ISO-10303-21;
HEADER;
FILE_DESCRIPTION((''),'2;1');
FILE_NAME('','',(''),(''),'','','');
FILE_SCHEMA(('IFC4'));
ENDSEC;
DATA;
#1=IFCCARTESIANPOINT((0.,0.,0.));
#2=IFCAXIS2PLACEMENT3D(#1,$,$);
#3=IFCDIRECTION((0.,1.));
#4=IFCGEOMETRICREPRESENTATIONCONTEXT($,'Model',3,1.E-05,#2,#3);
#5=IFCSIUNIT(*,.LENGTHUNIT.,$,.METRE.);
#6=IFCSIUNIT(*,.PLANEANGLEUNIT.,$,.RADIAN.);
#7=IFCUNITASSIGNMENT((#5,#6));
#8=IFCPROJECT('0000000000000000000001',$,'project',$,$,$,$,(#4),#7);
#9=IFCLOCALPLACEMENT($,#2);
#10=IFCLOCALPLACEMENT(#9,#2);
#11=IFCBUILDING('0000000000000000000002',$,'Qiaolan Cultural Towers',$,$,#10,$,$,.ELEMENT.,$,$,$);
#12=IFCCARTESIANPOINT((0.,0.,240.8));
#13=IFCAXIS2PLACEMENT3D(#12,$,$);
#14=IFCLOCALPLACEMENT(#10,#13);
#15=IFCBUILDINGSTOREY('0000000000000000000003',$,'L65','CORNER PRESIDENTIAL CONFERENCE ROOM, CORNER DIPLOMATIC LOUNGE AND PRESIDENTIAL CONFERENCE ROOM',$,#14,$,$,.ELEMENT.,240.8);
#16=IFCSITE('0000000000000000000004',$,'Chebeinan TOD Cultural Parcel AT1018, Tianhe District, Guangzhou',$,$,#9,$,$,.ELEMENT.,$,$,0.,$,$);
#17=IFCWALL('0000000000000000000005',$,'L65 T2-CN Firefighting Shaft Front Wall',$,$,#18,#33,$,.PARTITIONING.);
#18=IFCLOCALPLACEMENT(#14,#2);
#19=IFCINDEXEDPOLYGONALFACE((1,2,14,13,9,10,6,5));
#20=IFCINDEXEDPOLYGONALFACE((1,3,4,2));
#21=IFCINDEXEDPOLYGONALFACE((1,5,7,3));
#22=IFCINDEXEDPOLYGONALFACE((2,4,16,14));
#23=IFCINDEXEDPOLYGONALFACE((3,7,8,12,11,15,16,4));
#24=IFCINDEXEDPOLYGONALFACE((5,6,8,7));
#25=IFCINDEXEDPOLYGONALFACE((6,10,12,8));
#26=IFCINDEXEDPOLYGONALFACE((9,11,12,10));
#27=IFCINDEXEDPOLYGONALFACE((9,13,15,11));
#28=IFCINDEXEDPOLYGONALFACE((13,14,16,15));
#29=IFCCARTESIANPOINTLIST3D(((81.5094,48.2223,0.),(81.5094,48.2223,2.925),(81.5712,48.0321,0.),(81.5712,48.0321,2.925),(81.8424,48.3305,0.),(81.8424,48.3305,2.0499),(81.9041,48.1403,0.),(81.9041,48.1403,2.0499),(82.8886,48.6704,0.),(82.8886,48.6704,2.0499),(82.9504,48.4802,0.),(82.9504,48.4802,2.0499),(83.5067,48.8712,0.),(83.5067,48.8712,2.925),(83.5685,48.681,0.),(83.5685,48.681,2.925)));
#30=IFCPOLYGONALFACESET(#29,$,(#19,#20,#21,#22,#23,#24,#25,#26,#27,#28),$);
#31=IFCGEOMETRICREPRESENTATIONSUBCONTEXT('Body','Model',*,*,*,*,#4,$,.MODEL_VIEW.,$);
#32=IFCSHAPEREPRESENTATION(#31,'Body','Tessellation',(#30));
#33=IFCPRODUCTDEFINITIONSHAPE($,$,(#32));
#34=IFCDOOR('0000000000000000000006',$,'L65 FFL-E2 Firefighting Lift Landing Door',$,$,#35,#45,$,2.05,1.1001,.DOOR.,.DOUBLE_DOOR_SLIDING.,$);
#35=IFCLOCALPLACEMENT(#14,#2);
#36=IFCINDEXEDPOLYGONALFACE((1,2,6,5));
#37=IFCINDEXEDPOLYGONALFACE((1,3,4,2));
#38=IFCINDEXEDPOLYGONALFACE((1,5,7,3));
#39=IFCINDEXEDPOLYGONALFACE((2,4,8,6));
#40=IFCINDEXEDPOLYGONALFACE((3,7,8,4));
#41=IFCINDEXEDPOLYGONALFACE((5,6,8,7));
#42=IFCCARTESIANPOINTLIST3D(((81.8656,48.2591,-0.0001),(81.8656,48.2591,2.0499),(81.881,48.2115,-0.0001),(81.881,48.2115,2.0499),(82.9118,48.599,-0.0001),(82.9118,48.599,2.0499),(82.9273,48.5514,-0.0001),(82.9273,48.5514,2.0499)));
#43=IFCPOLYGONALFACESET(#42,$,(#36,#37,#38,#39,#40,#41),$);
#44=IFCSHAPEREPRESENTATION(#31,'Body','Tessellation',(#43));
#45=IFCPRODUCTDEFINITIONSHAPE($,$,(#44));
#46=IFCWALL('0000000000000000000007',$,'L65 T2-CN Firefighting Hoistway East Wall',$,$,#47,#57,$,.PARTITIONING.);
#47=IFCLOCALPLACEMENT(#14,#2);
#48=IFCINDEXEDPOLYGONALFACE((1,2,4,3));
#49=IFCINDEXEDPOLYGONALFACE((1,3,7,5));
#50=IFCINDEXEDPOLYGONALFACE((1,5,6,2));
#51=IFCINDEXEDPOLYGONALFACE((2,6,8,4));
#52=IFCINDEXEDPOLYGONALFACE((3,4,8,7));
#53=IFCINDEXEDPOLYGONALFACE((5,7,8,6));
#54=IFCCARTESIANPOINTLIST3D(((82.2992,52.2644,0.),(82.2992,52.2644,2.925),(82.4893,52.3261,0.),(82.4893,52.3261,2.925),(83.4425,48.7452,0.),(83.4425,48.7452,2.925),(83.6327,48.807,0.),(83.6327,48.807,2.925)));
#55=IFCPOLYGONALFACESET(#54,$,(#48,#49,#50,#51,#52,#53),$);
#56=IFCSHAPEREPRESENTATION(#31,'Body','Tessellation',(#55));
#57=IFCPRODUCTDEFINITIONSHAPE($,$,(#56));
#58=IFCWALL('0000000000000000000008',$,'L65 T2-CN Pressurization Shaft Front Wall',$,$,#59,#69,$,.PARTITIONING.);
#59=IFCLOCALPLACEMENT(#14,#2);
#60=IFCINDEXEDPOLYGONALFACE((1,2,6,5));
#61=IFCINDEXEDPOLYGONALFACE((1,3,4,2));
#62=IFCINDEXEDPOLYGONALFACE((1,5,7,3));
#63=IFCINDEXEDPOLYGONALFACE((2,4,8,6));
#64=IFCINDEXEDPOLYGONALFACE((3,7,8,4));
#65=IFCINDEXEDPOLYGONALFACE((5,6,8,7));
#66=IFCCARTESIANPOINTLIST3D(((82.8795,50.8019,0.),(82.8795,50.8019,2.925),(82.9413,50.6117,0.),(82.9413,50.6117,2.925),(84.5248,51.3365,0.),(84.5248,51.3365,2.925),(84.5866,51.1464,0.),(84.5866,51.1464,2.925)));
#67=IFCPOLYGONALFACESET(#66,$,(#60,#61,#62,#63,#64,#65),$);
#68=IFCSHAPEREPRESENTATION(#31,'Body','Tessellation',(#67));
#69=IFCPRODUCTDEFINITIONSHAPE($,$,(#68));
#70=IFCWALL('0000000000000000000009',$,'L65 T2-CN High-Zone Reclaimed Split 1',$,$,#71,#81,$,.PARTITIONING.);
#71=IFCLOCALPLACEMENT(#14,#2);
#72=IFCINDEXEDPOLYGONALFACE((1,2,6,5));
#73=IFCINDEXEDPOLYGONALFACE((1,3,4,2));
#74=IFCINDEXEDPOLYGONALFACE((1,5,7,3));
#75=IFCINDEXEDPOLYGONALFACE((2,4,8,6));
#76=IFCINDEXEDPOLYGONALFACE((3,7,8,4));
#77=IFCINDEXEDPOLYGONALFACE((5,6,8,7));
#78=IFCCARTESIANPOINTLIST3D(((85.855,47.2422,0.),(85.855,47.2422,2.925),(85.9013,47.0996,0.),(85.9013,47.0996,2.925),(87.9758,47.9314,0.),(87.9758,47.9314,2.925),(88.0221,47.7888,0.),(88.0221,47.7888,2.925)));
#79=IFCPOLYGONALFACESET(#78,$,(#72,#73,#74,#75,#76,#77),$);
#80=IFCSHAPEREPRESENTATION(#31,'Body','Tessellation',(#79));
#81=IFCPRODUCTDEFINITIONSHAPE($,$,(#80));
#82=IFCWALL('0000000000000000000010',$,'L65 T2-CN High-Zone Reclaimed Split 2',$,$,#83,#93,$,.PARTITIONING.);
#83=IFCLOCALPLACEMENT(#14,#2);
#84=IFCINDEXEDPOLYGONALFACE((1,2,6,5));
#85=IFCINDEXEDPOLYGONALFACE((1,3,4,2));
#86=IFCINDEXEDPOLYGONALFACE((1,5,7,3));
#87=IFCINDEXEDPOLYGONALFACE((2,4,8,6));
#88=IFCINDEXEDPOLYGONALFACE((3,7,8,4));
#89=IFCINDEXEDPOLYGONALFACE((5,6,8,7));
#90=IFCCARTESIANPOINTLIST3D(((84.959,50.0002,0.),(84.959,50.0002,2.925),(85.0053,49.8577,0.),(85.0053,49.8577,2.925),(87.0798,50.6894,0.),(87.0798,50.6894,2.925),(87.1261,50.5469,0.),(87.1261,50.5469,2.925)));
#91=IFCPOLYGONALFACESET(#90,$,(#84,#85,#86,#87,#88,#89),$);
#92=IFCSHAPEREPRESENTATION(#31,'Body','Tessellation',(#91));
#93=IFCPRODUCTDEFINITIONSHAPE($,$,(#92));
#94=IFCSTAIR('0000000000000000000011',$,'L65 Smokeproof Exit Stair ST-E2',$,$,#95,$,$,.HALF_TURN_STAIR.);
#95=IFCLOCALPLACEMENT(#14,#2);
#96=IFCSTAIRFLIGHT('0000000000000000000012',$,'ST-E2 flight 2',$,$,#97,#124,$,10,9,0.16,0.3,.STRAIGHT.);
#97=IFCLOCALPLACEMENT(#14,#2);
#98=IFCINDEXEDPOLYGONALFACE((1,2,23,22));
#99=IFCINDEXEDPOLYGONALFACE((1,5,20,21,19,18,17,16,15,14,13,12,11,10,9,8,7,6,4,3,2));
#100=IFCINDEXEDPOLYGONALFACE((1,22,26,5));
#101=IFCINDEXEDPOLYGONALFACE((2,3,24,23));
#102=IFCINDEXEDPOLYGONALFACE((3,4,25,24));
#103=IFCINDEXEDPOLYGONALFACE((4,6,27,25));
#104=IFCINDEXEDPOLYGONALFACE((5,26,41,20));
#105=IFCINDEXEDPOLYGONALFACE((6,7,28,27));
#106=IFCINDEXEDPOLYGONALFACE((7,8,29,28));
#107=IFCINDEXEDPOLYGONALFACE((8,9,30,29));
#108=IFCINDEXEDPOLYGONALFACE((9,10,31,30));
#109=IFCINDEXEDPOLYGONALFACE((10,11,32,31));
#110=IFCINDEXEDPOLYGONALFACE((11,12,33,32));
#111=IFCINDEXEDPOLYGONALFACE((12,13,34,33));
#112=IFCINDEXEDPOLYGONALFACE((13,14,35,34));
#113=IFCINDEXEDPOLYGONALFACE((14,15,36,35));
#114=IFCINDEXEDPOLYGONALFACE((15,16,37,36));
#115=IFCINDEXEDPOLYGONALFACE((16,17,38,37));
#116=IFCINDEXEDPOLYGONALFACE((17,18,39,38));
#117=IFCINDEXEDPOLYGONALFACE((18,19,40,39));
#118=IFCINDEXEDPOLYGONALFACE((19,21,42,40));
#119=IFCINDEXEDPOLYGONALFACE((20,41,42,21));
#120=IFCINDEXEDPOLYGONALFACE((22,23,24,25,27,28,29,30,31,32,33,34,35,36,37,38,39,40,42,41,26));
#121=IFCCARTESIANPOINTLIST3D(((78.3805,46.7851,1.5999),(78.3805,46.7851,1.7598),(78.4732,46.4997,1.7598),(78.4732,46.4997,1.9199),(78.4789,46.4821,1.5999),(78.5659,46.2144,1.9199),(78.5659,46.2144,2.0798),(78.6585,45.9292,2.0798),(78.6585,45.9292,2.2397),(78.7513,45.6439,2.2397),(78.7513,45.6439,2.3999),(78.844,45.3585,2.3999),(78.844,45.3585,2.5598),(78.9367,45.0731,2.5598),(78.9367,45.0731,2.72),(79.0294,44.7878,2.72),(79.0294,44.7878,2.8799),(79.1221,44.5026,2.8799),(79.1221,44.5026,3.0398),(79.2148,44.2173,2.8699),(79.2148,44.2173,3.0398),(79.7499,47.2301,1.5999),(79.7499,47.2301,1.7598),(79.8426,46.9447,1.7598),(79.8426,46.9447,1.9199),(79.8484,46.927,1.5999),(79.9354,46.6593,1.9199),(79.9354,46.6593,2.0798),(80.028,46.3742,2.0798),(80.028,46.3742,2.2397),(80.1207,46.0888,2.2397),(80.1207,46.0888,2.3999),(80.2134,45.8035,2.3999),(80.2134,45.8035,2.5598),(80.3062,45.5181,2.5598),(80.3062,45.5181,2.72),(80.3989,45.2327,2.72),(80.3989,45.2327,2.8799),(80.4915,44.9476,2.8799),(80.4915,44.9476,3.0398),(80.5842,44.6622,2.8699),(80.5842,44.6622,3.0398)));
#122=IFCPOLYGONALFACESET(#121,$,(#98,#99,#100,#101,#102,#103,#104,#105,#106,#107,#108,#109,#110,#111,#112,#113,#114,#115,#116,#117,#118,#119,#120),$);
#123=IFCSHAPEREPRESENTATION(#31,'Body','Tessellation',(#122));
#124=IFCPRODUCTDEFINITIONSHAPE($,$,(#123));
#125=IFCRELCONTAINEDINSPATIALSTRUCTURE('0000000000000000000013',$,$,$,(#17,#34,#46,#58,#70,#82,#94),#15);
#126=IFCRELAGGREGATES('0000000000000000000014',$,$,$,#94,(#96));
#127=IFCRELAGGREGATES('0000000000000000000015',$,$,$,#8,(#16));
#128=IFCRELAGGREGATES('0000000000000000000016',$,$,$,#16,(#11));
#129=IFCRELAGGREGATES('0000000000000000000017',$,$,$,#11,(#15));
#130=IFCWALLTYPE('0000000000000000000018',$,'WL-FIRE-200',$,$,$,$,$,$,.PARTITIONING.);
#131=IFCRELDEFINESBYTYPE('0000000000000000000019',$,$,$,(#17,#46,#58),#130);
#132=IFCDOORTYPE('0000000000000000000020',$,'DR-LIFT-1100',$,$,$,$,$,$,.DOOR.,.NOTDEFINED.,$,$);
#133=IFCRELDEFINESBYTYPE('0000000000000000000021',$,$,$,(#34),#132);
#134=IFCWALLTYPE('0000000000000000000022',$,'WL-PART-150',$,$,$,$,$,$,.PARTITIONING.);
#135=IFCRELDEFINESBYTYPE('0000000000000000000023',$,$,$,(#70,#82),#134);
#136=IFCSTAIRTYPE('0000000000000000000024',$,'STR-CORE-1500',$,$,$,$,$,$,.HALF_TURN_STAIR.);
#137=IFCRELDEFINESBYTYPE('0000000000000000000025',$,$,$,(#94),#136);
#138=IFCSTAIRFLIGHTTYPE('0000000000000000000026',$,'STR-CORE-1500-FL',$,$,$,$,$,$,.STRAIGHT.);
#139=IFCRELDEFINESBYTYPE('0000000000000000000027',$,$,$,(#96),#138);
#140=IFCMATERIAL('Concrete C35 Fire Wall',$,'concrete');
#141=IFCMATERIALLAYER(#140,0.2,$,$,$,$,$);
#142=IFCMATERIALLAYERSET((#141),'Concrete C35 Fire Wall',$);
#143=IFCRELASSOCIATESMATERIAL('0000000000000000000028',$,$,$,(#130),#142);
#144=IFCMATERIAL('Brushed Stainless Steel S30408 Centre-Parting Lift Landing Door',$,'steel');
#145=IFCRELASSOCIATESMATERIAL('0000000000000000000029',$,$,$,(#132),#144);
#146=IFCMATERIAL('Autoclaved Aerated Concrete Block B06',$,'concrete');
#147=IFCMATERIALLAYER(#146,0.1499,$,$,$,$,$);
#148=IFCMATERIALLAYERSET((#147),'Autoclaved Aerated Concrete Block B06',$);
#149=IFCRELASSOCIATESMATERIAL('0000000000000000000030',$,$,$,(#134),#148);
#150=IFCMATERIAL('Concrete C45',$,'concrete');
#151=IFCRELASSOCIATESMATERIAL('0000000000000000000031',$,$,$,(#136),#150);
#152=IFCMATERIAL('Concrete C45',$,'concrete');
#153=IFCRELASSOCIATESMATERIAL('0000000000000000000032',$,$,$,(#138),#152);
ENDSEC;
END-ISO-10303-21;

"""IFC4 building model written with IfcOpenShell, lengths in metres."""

from ifc_helpers import new_model, si_unit, direction, frame, frame_2d, origin, place, context, subcontext, project, spatial, polyline, rectangle, outline, extrude, material, layer, layer_set, type_object, element, fill, aggregate, save


model = new_model("IFC4")

# Units and contexts
model_context = context("Model", 3, precision=1e-05, world=origin(), true_north=direction((0.0, 1.0)))
body_context = subcontext(model_context, "Body", "Model", "MODEL_VIEW")
ifc_project = project(units=[si_unit("LENGTHUNIT", "METRE"), si_unit("PLANEANGLEUNIT", "RADIAN")], contexts=[model_context])

# Site, building, storey
site_placement = place(None, origin())
site = spatial("IfcSite", under=ifc_project, at=site_placement, Name="Chebeinan TOD Cultural Parcel AT1018, Tianhe District, Guangzhou", CompositionType="ELEMENT", RefElevation=0.0)
building_placement = place(site_placement, origin())
building = spatial("IfcBuilding", under=site, at=building_placement, Name="Qiaolan Cultural Towers", CompositionType="ELEMENT")
storey_placement = place(building_placement, frame((0.0, 0.0, 240.8)))
storey = spatial("IfcBuildingStorey", under=building, at=storey_placement, Name="L65", Description="CORNER PRESIDENTIAL CONFERENCE ROOM, CORNER DIPLOMATIC LOUNGE AND PRESIDENTIAL CONFERENCE ROOM", CompositionType="ELEMENT", Elevation=240.8)

# Wall, opening, door
ifc_material_1 = material(Name="Concrete C35 Fire Wall", Category="concrete")
ifc_layer_1 = layer(ifc_material_1, 0.2)
ifc_layer_set_1 = layer_set([ifc_layer_1], Name="Concrete C35 Fire Wall")
wall_type_1 = type_object("IfcWallType", Name="WL-FIRE-200", PredefinedType="PARTITIONING", material=ifc_layer_set_1)
wall_1_placement = place(storey_placement, frame((81.5403, 48.1272, 0.0), z_axis=(0.0, 0.0, 1.0), x_axis=(0.951062, 0.308999, 0.0)))
wall_1 = element("IfcWall", 1, at=wall_1_placement, inside=storey, type_object=wall_type_1, Name="L65 T2-CN Firefighting Shaft Front Wall", PredefinedType="PARTITIONING", context=body_context, shape_type="SweptSolid", body=[
    extrude(rectangle(XDim=2.1001, YDim=0.2, at=frame_2d((1.05, 0.0))), origin(), (0.0, 0.0, 1.0), 2.925),
])
opening_placement = place(wall_1_placement, frame((0.3501, 0.0, 0.0)))
opening = element("IfcOpeningElement", 2, at=opening_placement, cuts=wall_1, PredefinedType="OPENING", context=body_context, shape_type="SweptSolid", body=[
    extrude(rectangle(XDim=1.1001, YDim=2.05, at=frame_2d((0.55, 1.0249))), frame((0.0, 0.1099, 0.0), z_axis=(0.0, -1.0, 0.0), x_axis=(1.0, 0.0, 0.0)), (0.0, 0.0, 1.0), 0.22),
])
ifc_material_2 = material(Name="Brushed Stainless Steel S30408 Centre-Parting Lift Landing Door", Category="steel")
door_type = type_object("IfcDoorType", Name="DR-LIFT-1100", OperationType="NOTDEFINED", PredefinedType="DOOR", material=ifc_material_2)
door_placement = place(opening_placement, origin())
door = element("IfcDoor", 3, at=door_placement, inside=storey, type_object=door_type, Name="L65 FFL-E2 Firefighting Lift Landing Door", OperationType="DOUBLE_DOOR_SLIDING", OverallHeight=2.05, OverallWidth=1.1001, PredefinedType="DOOR", context=body_context, shape_type="SweptSolid", body=[
    extrude(rectangle(XDim=1.1001, YDim=2.05, at=frame_2d((0.55, 1.0249))), frame((0.0, 0.0249, 0.0), z_axis=(0.0, -1.0, 0.0), x_axis=(1.0, 0.0, 0.0)), (0.0, 0.0, 1.0), 0.05),
])
fill(opening, door)

# Walls
wall_2_placement = place(storey_placement, frame((83.5376, 48.7761, 0.0), z_axis=(0.0, 0.0, 1.0), x_axis=(-0.308994, 0.951064, 0.0)))
element("IfcWall", 4, at=wall_2_placement, inside=storey, type_object=wall_type_1, Name="L65 T2-CN Firefighting Hoistway East Wall", PredefinedType="PARTITIONING", context=body_context, shape_type="SweptSolid", body=[
    extrude(rectangle(XDim=3.7002, YDim=0.2, at=frame_2d((1.8501, 0.0))), origin(), (0.0, 0.0, 1.0), 2.925),
])
wall_3_placement = place(storey_placement, frame((82.9104, 50.7068, 0.0), z_axis=(0.0, 0.0, 1.0), x_axis=(0.951041, 0.309064, 0.0)))
element("IfcWall", 5, at=wall_3_placement, inside=storey, type_object=wall_type_1, Name="L65 T2-CN Pressurization Shaft Front Wall", PredefinedType="PARTITIONING", context=body_context, shape_type="SweptSolid", body=[
    extrude(rectangle(XDim=1.73, YDim=0.2, at=frame_2d((0.865, 0.0))), origin(), (0.0, 0.0, 1.0), 2.925),
])
ifc_material_3 = material(Name="Autoclaved Aerated Concrete Block B06", Category="concrete")
ifc_layer_2 = layer(ifc_material_3, 0.1499)
ifc_layer_set_2 = layer_set([ifc_layer_2], Name="Autoclaved Aerated Concrete Block B06")
wall_type_2 = type_object("IfcWallType", Name="WL-PART-150", PredefinedType="PARTITIONING", material=ifc_layer_set_2)
for number, where, z_axis, x_axis, name in (
    (6, (85.8782, 47.1709, 0.0), (0.0, 0.0, 1.0), (0.951043, 0.309059, 0.0), "L65 T2-CN High-Zone Reclaimed Split 1"),
    (7, (84.9822, 49.929, 0.0), (0.0, 0.0, 1.0), (0.951043, 0.309059, 0.0), "L65 T2-CN High-Zone Reclaimed Split 2"),
):
    element("IfcWall", number, at=place(storey_placement, frame(where, z_axis=z_axis, x_axis=x_axis)), inside=storey, type_object=wall_type_2, Name=name, PredefinedType="PARTITIONING", context=body_context, shape_type="SweptSolid", body=[
        extrude(rectangle(XDim=2.23, YDim=0.1499, at=frame_2d((1.115, 0.0))), origin(), (0.0, 0.0, 1.0), 2.925),
    ])

# Stair, stair flight
ifc_material_4 = material(Name="Concrete C45", Category="concrete")
stair_type = type_object("IfcStairType", Name="STR-CORE-1500", PredefinedType="HALF_TURN_STAIR", material=ifc_material_4)
stair_placement = place(storey_placement, origin())
stair = element("IfcStair", 8, at=stair_placement, inside=storey, type_object=stair_type, Name="L65 Smokeproof Exit Stair ST-E2", PredefinedType="HALF_TURN_STAIR")
ifc_material_5 = material(Name="Concrete C45", Category="concrete")
stair_flight_type = type_object("IfcStairFlightType", Name="STR-CORE-1500-FL", PredefinedType="STRAIGHT", material=ifc_material_5)
stair_flight_placement = place(storey_placement, frame((79.0652, 47.0076, 1.5999), z_axis=(0.0, 0.0, 1.0), x_axis=(0.309017, -0.951057, 0.0)))
stair_flight = element("IfcStairFlight", 9, at=stair_flight_placement, type_object=stair_flight_type, Name="ST-E2 flight 2", NumberOfRisers=10, NumberOfTreads=9, PredefinedType="STRAIGHT", RiserHeight=0.16, TreadLength=0.3, context=body_context, shape_type="SweptSolid", body=[
    extrude(outline(polyline([(0.0, 0.0), (0.0, 0.1599), (0.3, 0.1599), (0.3, 0.3201), (0.6001, 0.3201), (0.6001, 0.48), (0.8999, 0.48), (0.8999, 0.6399), (1.2, 0.6399), (1.2, 0.8), (1.5, 0.8), (1.5, 0.96), (1.8, 0.96), (1.8, 1.1201), (2.1001, 1.1201), (2.1001, 1.28), (2.3999, 1.28), (2.3999, 1.4399), (2.7, 1.4399), (2.7, 1.6001), (2.7, 1.27), (0.3186, 0.0), (0.0, 0.0)])), frame((0.0, 0.72, 0.0), z_axis=(0.0, -1.0, 0.0), x_axis=(1.0, 0.0, 0.0)), (0.0, 0.0, 1.0), 1.4399),
])
aggregate(stair, [stair_flight])

save(model, "model.ifc")
